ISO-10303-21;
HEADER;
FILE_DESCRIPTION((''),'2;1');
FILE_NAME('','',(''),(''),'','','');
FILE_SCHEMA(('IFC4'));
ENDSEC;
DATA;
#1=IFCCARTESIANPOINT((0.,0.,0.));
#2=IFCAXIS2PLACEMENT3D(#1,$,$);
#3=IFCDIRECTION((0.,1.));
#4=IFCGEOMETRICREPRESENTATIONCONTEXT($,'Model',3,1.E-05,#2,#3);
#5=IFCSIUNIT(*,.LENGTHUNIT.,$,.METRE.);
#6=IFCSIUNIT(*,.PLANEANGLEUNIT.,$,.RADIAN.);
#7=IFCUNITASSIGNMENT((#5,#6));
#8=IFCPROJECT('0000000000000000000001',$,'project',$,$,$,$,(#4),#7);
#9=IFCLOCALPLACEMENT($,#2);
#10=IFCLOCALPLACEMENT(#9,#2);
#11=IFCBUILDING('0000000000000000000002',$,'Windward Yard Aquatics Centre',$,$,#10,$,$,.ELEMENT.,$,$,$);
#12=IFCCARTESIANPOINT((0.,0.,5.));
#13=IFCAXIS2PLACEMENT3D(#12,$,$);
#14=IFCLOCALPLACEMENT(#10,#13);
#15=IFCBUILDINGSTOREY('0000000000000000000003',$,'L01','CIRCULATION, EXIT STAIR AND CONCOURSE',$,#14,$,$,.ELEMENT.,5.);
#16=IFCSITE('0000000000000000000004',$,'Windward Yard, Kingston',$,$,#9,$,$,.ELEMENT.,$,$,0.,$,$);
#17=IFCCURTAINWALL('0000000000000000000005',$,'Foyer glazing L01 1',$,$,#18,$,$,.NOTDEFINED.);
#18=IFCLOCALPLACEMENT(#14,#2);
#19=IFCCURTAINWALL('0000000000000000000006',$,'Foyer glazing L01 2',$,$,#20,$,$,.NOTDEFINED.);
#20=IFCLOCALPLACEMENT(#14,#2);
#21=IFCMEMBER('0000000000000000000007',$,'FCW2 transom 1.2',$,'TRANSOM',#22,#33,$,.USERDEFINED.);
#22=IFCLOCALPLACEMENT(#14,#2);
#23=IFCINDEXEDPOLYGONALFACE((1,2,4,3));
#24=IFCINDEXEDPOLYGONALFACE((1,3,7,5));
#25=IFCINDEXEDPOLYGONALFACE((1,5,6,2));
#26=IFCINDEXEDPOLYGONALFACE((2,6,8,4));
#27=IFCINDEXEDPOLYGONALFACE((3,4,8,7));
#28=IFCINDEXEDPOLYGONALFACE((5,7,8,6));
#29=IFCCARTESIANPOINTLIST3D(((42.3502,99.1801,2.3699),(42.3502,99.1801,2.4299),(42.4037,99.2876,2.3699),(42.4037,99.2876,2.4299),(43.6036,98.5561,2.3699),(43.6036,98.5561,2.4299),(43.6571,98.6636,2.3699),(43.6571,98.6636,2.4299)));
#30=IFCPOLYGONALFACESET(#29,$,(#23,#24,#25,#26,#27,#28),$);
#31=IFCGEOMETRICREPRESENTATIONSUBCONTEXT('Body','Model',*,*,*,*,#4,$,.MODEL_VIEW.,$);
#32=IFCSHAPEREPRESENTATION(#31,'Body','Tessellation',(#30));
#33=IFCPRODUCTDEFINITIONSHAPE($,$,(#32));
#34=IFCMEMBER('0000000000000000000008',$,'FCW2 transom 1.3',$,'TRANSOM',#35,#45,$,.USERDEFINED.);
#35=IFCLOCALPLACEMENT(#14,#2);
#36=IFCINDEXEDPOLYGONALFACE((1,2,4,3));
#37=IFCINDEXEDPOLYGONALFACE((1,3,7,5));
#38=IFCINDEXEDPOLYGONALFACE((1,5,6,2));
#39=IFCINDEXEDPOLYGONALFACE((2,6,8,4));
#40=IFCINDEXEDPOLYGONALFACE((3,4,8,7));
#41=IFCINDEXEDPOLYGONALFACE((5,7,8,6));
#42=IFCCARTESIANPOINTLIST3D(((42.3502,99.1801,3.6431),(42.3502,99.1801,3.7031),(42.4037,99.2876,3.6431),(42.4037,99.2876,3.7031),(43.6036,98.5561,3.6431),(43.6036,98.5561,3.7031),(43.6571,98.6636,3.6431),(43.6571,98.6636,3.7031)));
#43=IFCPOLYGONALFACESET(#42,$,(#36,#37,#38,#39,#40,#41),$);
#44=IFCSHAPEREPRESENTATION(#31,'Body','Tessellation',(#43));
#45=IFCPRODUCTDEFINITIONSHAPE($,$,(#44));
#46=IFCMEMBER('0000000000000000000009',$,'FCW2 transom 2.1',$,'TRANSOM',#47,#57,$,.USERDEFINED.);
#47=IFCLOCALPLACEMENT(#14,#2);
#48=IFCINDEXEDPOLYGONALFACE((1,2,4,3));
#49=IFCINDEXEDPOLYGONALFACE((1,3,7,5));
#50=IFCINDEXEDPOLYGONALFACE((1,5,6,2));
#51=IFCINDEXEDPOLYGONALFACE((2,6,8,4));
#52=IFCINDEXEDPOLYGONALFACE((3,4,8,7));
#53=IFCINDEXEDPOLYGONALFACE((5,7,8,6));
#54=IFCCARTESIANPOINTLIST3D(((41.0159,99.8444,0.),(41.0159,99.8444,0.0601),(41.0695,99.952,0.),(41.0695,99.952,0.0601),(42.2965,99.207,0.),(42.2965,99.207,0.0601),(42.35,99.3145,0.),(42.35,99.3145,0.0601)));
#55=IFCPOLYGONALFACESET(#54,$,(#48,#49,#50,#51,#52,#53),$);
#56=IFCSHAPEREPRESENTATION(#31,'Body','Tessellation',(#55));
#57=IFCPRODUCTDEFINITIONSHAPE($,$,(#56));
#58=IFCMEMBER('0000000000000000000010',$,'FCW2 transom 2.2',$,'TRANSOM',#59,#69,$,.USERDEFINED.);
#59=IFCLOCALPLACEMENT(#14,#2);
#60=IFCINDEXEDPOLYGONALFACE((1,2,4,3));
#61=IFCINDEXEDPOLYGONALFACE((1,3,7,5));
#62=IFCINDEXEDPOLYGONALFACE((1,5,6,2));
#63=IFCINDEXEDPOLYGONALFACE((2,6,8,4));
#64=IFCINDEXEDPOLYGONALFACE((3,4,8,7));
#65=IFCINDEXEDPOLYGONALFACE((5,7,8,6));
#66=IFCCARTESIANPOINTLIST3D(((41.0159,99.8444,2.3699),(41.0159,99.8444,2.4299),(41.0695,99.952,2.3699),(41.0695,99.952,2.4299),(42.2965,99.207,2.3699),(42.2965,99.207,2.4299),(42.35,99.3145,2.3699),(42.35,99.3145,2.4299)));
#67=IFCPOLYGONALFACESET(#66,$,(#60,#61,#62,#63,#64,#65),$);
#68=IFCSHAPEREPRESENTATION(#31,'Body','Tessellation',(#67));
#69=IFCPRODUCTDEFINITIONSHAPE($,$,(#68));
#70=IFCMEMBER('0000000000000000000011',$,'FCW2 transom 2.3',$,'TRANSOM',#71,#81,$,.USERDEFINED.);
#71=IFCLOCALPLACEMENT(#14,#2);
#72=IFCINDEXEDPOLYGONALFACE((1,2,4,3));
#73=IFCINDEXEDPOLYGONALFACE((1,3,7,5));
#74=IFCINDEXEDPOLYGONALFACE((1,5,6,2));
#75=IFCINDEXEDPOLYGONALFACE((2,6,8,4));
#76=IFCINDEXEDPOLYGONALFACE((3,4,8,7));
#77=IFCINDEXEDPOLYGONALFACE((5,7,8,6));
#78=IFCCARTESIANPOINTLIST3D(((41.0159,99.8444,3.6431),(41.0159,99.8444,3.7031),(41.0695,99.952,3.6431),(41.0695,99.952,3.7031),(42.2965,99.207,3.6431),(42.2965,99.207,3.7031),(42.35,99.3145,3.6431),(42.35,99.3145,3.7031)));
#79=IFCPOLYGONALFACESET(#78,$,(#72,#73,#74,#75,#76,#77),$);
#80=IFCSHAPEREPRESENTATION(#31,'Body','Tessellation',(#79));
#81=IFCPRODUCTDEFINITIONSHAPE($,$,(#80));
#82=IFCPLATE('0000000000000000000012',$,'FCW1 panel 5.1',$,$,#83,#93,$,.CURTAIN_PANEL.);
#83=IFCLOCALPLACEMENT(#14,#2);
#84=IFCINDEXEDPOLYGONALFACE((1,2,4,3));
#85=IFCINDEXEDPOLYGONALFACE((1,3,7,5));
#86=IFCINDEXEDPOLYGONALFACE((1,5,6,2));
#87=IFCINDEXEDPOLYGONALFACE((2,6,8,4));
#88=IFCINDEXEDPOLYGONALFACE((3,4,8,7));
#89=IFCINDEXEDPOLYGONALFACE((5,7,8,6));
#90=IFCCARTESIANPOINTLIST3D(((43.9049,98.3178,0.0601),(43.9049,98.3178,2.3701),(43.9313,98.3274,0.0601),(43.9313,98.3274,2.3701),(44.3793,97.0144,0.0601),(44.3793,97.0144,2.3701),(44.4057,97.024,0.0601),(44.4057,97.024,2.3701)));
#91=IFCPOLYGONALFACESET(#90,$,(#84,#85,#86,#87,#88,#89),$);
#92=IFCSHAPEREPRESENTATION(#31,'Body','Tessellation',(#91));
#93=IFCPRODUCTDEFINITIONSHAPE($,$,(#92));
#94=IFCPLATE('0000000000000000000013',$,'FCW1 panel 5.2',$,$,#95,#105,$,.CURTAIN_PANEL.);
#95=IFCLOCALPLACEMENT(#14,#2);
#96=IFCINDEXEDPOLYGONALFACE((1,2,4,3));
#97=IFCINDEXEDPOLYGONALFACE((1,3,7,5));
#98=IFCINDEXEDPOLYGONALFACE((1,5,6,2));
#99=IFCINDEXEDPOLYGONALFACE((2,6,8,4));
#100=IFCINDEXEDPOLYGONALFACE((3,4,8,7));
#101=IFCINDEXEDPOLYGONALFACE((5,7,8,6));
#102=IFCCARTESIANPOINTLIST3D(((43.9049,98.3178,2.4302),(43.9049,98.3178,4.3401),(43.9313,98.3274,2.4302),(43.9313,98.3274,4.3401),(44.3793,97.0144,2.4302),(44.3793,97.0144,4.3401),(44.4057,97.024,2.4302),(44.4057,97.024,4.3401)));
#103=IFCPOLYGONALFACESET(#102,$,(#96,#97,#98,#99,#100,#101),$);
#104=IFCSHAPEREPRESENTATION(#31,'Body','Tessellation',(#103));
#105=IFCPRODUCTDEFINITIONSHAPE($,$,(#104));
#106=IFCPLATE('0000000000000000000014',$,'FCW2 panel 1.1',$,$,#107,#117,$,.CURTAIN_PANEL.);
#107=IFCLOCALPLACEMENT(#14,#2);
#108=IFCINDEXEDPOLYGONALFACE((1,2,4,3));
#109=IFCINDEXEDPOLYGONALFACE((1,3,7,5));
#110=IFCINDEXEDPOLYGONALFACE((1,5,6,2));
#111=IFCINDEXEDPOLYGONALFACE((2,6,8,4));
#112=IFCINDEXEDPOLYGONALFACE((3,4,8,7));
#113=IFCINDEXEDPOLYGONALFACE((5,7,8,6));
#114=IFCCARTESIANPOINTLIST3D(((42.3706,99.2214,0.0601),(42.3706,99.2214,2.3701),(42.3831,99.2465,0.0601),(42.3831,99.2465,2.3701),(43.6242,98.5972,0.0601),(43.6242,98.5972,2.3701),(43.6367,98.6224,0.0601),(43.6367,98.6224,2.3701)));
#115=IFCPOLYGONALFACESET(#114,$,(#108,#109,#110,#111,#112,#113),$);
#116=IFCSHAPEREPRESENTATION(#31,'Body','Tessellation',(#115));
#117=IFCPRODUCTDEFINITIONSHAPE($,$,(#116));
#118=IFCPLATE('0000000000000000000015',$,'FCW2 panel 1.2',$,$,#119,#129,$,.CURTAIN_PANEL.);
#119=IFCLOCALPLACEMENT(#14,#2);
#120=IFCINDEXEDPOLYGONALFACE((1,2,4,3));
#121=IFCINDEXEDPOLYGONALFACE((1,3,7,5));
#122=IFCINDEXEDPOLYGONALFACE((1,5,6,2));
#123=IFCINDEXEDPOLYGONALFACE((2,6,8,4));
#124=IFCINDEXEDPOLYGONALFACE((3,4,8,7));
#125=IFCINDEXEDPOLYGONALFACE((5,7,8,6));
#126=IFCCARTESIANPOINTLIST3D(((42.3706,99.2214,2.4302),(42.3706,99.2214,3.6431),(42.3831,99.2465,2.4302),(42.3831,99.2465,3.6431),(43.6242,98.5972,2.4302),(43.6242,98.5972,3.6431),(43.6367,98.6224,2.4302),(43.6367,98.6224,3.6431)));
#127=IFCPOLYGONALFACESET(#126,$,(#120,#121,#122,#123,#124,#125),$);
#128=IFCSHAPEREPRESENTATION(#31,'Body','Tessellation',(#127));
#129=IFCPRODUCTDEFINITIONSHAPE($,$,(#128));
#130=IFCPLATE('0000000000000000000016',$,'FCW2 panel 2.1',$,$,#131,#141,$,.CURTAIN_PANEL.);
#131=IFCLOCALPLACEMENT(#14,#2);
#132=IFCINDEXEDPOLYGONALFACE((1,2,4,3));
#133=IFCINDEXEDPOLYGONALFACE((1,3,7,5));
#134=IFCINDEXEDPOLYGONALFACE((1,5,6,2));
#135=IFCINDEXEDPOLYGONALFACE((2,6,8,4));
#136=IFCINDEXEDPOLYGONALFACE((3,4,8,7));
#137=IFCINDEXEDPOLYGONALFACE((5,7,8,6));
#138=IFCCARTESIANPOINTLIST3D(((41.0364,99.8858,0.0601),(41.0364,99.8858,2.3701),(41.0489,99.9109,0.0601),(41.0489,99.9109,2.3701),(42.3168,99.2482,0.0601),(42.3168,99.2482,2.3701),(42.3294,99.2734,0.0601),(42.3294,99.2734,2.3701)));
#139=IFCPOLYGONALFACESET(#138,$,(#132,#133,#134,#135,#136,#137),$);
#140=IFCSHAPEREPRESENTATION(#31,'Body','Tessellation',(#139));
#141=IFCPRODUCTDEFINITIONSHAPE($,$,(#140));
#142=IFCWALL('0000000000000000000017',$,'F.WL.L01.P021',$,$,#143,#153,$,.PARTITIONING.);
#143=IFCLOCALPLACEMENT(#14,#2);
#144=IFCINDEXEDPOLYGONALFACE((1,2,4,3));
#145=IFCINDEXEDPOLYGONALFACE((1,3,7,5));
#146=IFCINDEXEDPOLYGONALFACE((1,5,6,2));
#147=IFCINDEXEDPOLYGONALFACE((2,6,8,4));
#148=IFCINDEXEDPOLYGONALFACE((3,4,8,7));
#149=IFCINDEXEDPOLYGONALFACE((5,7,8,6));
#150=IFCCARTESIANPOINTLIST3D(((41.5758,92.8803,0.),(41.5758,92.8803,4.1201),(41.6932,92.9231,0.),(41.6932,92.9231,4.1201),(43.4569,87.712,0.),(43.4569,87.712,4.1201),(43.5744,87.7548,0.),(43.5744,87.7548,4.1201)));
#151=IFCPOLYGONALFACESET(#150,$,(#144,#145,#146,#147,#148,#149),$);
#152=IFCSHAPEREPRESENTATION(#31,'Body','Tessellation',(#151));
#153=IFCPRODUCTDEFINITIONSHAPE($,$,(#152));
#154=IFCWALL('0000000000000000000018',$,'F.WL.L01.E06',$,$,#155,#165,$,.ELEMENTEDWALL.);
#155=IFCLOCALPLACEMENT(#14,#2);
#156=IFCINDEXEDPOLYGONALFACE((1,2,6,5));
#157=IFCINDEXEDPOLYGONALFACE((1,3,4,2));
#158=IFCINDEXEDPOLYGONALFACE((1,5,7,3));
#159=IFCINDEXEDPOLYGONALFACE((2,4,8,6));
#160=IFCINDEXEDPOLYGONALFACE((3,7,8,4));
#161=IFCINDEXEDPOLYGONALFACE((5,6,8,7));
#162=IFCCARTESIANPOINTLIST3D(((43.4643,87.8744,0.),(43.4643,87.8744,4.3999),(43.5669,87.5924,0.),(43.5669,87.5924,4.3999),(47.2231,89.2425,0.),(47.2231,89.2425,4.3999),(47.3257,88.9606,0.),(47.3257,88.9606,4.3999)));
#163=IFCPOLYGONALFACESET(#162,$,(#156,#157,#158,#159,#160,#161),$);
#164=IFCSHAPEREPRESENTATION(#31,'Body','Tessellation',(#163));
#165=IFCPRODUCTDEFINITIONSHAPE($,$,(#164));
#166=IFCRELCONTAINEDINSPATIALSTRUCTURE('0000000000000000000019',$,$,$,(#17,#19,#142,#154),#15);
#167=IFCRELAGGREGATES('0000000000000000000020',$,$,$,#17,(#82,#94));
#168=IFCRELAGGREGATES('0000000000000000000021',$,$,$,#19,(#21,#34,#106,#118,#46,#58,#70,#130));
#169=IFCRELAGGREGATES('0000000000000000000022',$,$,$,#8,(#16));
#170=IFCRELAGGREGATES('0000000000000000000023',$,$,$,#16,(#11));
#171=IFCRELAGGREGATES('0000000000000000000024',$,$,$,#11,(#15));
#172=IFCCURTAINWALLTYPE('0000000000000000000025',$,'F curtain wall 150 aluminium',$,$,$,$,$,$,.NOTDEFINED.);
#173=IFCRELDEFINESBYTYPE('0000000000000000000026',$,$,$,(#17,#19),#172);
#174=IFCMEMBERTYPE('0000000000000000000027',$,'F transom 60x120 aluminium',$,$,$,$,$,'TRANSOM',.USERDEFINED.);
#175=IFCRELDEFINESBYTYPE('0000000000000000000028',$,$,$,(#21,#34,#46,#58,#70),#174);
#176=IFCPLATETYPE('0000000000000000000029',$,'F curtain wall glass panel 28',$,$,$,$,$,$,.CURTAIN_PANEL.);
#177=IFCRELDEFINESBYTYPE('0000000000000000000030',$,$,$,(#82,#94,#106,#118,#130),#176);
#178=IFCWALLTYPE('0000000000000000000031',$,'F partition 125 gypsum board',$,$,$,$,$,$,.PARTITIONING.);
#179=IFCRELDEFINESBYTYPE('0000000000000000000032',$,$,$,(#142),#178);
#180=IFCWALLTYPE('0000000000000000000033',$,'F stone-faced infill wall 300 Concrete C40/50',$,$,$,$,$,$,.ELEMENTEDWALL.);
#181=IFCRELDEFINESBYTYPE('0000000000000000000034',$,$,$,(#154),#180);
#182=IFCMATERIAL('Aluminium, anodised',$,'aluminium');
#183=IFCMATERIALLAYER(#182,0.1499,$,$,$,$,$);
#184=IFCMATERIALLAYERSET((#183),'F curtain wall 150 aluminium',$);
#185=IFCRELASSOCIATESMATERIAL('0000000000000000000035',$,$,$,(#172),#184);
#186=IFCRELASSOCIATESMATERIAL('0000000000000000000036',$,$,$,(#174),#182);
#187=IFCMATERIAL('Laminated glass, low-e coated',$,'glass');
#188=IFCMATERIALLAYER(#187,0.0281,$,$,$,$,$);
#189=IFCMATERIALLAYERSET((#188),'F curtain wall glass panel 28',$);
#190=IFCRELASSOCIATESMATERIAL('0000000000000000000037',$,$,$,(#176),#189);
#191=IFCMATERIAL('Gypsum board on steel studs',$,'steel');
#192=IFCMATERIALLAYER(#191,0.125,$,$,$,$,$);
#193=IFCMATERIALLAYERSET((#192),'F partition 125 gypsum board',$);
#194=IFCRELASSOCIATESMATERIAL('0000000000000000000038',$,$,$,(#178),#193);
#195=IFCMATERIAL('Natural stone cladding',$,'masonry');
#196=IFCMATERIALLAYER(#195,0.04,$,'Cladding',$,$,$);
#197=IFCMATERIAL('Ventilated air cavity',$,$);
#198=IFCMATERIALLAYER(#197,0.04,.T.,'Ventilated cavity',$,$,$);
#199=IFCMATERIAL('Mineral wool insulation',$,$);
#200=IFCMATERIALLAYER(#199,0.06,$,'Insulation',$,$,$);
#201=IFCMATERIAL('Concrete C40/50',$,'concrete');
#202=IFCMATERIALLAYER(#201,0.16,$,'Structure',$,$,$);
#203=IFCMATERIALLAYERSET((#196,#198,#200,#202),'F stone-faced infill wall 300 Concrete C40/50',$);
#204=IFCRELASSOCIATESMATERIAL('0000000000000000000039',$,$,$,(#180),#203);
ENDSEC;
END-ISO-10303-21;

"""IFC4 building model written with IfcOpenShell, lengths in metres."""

from ifc_helpers import new_model, si_unit, direction, frame, frame_2d, origin, origin_2d, place, context, subcontext, project, spatial, rectangle, extrude, material, layer, layer_set, material_profile, profile_set, type_object, element, aggregate, save


model = new_model("IFC4")

# Units and contexts
model_context = context("Model", 3, precision=1e-05, world=origin(), true_north=direction((0.0, 1.0)))
body_context = subcontext(model_context, "Body", "Model", "MODEL_VIEW")
ifc_project = project(units=[si_unit("LENGTHUNIT", "METRE"), si_unit("PLANEANGLEUNIT", "RADIAN")], contexts=[model_context])

# Site, building, storey
site_placement = place(None, origin())
site = spatial("IfcSite", under=ifc_project, at=site_placement, Name="Windward Yard, Kingston", CompositionType="ELEMENT", RefElevation=0.0)
building_placement = place(site_placement, origin())
building = spatial("IfcBuilding", under=site, at=building_placement, Name="Windward Yard Aquatics Centre", CompositionType="ELEMENT")
storey_placement = place(building_placement, frame((0.0, 0.0, 5.0)))
storey = spatial("IfcBuildingStorey", under=building, at=storey_placement, Name="L01", Description="CIRCULATION, EXIT STAIR AND CONCOURSE", CompositionType="ELEMENT", Elevation=5.0)

# Curtain wall
ifc_material_1 = material(Name="Aluminium, anodised", Category="aluminium")
ifc_layer_1 = layer(ifc_material_1, 0.1499)
ifc_layer_set_1 = layer_set([ifc_layer_1], Name="F curtain wall 150 aluminium")
curtain_wall_type = type_object("IfcCurtainWallType", Name="F curtain wall 150 aluminium", PredefinedType="NOTDEFINED", material=ifc_layer_set_1)
curtain_wall_1_placement = place(storey_placement, origin())
curtain_wall_1 = element("IfcCurtainWall", 1, at=curtain_wall_1_placement, inside=storey, type_object=curtain_wall_type, Name="Foyer glazing L01 1", PredefinedType="NOTDEFINED")

# Curtain wall
curtain_wall_2_placement = place(storey_placement, origin())
curtain_wall_2 = element("IfcCurtainWall", 2, at=curtain_wall_2_placement, inside=storey, type_object=curtain_wall_type, Name="Foyer glazing L01 2", PredefinedType="NOTDEFINED")

# Members
ifc_material_profile_1 = material_profile(ifc_material_1, rectangle(XDim=0.1201, YDim=0.0601, at=origin_2d()), Name="TRANSOM 60x120")
ifc_profile_set_1 = profile_set([ifc_material_profile_1], Name="Aluminium, anodised")
member_type_1 = type_object("IfcMemberType", Name="F transom 60x120 aluminium", ElementType="TRANSOM", PredefinedType="USERDEFINED", material=ifc_profile_set_1)
member_1_placement = place(storey_placement, frame((43.6304, 98.6099, 2.3999), z_axis=(-0.895193, 0.445679, 0.0), x_axis=(-0.445679, -0.895193, 0.0)))
member_1 = element("IfcMember", 3, at=member_1_placement, type_object=member_type_1, Name="FCW2 transom 1.2", ObjectType="TRANSOM", PredefinedType="USERDEFINED", context=body_context, shape_type="SweptSolid", body=[
    extrude(rectangle(XDim=0.1201, YDim=0.0601, at=origin_2d()), origin(), (0.0, 0.0, 1.0), 1.4001),
])
member_2_placement = place(storey_placement, frame((43.6304, 98.6099, 3.6731), z_axis=(-0.895193, 0.445679, 0.0), x_axis=(-0.445679, -0.895193, 0.0)))
member_2 = element("IfcMember", 4, at=member_2_placement, type_object=member_type_1, Name="FCW2 transom 1.3", ObjectType="TRANSOM", PredefinedType="USERDEFINED", context=body_context, shape_type="SweptSolid", body=[
    extrude(rectangle(XDim=0.1201, YDim=0.0601, at=origin_2d()), origin(), (0.0, 0.0, 1.0), 1.4001),
])
member_3_placement = place(storey_placement, frame((42.3232, 99.2607, 0.03), z_axis=(-0.895211, 0.445643, 0.0), x_axis=(-0.445643, -0.895211, 0.0)))
member_3 = element("IfcMember", 5, at=member_3_placement, type_object=member_type_1, Name="FCW2 transom 2.1", ObjectType="TRANSOM", PredefinedType="USERDEFINED", context=body_context, shape_type="SweptSolid", body=[
    extrude(rectangle(XDim=0.1201, YDim=0.0601, at=origin_2d()), origin(), (0.0, 0.0, 1.0), 1.4304),
])
member_4_placement = place(storey_placement, frame((42.3232, 99.2607, 2.3999), z_axis=(-0.895211, 0.445643, 0.0), x_axis=(-0.445643, -0.895211, 0.0)))
member_4 = element("IfcMember", 6, at=member_4_placement, type_object=member_type_1, Name="FCW2 transom 2.2", ObjectType="TRANSOM", PredefinedType="USERDEFINED", context=body_context, shape_type="SweptSolid", body=[
    extrude(rectangle(XDim=0.1201, YDim=0.0601, at=origin_2d()), origin(), (0.0, 0.0, 1.0), 1.4304),
])
member_5_placement = place(storey_placement, frame((42.3232, 99.2607, 3.6731), z_axis=(-0.895211, 0.445643, 0.0), x_axis=(-0.445643, -0.895211, 0.0)))
member_5 = element("IfcMember", 7, at=member_5_placement, type_object=member_type_1, Name="FCW2 transom 2.3", ObjectType="TRANSOM", PredefinedType="USERDEFINED", context=body_context, shape_type="SweptSolid", body=[
    extrude(rectangle(XDim=0.1201, YDim=0.0601, at=origin_2d()), origin(), (0.0, 0.0, 1.0), 1.4304),
])

# Plates
ifc_material_2 = material(Name="Laminated glass, low-e coated", Category="glass")
ifc_layer_2 = layer(ifc_material_2, 0.0281)
ifc_layer_set_2 = layer_set([ifc_layer_2], Name="F curtain wall glass panel 28")
plate_type = type_object("IfcPlateType", Name="F curtain wall glass panel 28", PredefinedType="CURTAIN_PANEL", material=ifc_layer_set_2)
plate_1_placement = place(storey_placement, frame((44.1553, 97.6709, 0.0601), z_axis=(0.0, 0.0, 1.0), x_axis=(-0.342025, 0.939691, 0.0)))
plate_1 = element("IfcPlate", 8, at=plate_1_placement, type_object=plate_type, Name="FCW1 panel 5.1", PredefinedType="CURTAIN_PANEL", context=body_context, shape_type="SweptSolid", body=[
    extrude(rectangle(XDim=1.387, YDim=0.0281, at=origin_2d()), origin(), (0.0, 0.0, 1.0), 2.3101),
])
plate_2_placement = place(storey_placement, frame((44.1553, 97.6709, 2.4302), z_axis=(0.0, 0.0, 1.0), x_axis=(-0.342025, 0.939691, 0.0)))
plate_2 = element("IfcPlate", 9, at=plate_2_placement, type_object=plate_type, Name="FCW1 panel 5.2", PredefinedType="CURTAIN_PANEL", context=body_context, shape_type="SweptSolid", body=[
    extrude(rectangle(XDim=1.387, YDim=0.0281, at=origin_2d()), origin(), (0.0, 0.0, 1.0), 1.9099),
])
aggregate(curtain_wall_1, [plate_1, plate_2])
plate_3_placement = place(storey_placement, frame((43.0037, 98.9219, 0.0601), z_axis=(0.0, 0.0, 1.0), x_axis=(-0.895179, 0.445707, 0.0)))
plate_3 = element("IfcPlate", 10, at=plate_3_placement, type_object=plate_type, Name="FCW2 panel 1.1", PredefinedType="CURTAIN_PANEL", context=body_context, shape_type="SweptSolid", body=[
    extrude(rectangle(XDim=1.4004, YDim=0.0281, at=origin_2d()), origin(), (0.0, 0.0, 1.0), 2.3101),
])
plate_4_placement = place(storey_placement, frame((43.0037, 98.9219, 2.4302), z_axis=(0.0, 0.0, 1.0), x_axis=(-0.895179, 0.445707, 0.0)))
plate_4 = element("IfcPlate", 11, at=plate_4_placement, type_object=plate_type, Name="FCW2 panel 1.2", PredefinedType="CURTAIN_PANEL", context=body_context, shape_type="SweptSolid", body=[
    extrude(rectangle(XDim=1.4004, YDim=0.0281, at=origin_2d()), origin(), (0.0, 0.0, 1.0), 1.2129),
])
plate_5_placement = place(storey_placement, frame((41.6829, 99.5796, 0.0601), z_axis=(0.0, 0.0, 1.0), x_axis=(-0.895179, 0.445707, 0.0)))
plate_5 = element("IfcPlate", 12, at=plate_5_placement, type_object=plate_type, Name="FCW2 panel 2.1", PredefinedType="CURTAIN_PANEL", context=body_context, shape_type="SweptSolid", body=[
    extrude(rectangle(XDim=1.4304, YDim=0.0281, at=origin_2d()), origin(), (0.0, 0.0, 1.0), 2.3101),
])
aggregate(curtain_wall_2, [member_1, member_2, plate_3, plate_4, member_3, member_4, member_5, plate_5])

# Walls
ifc_material_3 = material(Name="Gypsum board on steel studs", Category="steel")
ifc_layer_3 = layer(ifc_material_3, 0.125)
ifc_layer_set_3 = layer_set([ifc_layer_3], Name="F partition 125 gypsum board")
wall_type_1 = type_object("IfcWallType", Name="F partition 125 gypsum board", PredefinedType="PARTITIONING", material=ifc_layer_set_3)
wall_1_placement = place(storey_placement, frame((43.5156, 87.7334, 0.0), z_axis=(0.0, 0.0, 1.0), x_axis=(-0.342025, 0.939691, 0.0)))
element("IfcWall", 13, at=wall_1_placement, inside=storey, type_object=wall_type_1, Name="F.WL.L01.P021", PredefinedType="PARTITIONING", context=body_context, shape_type="SweptSolid", body=[
    extrude(rectangle(XDim=5.5, YDim=0.125, at=frame_2d((2.75, 0.0))), origin(), (0.0, 0.0, 1.0), 4.1201),
])
ifc_material_4 = material(Name="Natural stone cladding", Category="masonry")
ifc_layer_4 = layer(ifc_material_4, 0.04, Name="Cladding")
ifc_material_5 = material(Name="Ventilated air cavity")
ifc_layer_5 = layer(ifc_material_5, 0.04, ventilated=True, Name="Ventilated cavity")
ifc_material_6 = material(Name="Mineral wool insulation")
ifc_layer_6 = layer(ifc_material_6, 0.06, Name="Insulation")
ifc_material_7 = material(Name="Concrete C40/50", Category="concrete")
ifc_layer_7 = layer(ifc_material_7, 0.16, Name="Structure")
ifc_layer_set_4 = layer_set([ifc_layer_4, ifc_layer_5, ifc_layer_6, ifc_layer_7], Name="F stone-faced infill wall 300 Concrete C40/50")
wall_type_2 = type_object("IfcWallType", Name="F stone-faced infill wall 300 Concrete C40/50", PredefinedType="ELEMENTEDWALL", material=ifc_layer_set_4)
wall_2_placement = place(storey_placement, frame((43.5156, 87.7334, 0.0), z_axis=(0.0, 0.0, 1.0), x_axis=(0.939686, 0.342037, 0.0)))
element("IfcWall", 14, at=wall_2_placement, inside=storey, type_object=wall_type_2, Name="F.WL.L01.E06", PredefinedType="ELEMENTEDWALL", context=body_context, shape_type="SweptSolid", body=[
    extrude(rectangle(XDim=4.0, YDim=0.3, at=frame_2d((2.0, 0.0))), origin(), (0.0, 0.0, 1.0), 4.3999),
])

save(model, "model.ifc")
